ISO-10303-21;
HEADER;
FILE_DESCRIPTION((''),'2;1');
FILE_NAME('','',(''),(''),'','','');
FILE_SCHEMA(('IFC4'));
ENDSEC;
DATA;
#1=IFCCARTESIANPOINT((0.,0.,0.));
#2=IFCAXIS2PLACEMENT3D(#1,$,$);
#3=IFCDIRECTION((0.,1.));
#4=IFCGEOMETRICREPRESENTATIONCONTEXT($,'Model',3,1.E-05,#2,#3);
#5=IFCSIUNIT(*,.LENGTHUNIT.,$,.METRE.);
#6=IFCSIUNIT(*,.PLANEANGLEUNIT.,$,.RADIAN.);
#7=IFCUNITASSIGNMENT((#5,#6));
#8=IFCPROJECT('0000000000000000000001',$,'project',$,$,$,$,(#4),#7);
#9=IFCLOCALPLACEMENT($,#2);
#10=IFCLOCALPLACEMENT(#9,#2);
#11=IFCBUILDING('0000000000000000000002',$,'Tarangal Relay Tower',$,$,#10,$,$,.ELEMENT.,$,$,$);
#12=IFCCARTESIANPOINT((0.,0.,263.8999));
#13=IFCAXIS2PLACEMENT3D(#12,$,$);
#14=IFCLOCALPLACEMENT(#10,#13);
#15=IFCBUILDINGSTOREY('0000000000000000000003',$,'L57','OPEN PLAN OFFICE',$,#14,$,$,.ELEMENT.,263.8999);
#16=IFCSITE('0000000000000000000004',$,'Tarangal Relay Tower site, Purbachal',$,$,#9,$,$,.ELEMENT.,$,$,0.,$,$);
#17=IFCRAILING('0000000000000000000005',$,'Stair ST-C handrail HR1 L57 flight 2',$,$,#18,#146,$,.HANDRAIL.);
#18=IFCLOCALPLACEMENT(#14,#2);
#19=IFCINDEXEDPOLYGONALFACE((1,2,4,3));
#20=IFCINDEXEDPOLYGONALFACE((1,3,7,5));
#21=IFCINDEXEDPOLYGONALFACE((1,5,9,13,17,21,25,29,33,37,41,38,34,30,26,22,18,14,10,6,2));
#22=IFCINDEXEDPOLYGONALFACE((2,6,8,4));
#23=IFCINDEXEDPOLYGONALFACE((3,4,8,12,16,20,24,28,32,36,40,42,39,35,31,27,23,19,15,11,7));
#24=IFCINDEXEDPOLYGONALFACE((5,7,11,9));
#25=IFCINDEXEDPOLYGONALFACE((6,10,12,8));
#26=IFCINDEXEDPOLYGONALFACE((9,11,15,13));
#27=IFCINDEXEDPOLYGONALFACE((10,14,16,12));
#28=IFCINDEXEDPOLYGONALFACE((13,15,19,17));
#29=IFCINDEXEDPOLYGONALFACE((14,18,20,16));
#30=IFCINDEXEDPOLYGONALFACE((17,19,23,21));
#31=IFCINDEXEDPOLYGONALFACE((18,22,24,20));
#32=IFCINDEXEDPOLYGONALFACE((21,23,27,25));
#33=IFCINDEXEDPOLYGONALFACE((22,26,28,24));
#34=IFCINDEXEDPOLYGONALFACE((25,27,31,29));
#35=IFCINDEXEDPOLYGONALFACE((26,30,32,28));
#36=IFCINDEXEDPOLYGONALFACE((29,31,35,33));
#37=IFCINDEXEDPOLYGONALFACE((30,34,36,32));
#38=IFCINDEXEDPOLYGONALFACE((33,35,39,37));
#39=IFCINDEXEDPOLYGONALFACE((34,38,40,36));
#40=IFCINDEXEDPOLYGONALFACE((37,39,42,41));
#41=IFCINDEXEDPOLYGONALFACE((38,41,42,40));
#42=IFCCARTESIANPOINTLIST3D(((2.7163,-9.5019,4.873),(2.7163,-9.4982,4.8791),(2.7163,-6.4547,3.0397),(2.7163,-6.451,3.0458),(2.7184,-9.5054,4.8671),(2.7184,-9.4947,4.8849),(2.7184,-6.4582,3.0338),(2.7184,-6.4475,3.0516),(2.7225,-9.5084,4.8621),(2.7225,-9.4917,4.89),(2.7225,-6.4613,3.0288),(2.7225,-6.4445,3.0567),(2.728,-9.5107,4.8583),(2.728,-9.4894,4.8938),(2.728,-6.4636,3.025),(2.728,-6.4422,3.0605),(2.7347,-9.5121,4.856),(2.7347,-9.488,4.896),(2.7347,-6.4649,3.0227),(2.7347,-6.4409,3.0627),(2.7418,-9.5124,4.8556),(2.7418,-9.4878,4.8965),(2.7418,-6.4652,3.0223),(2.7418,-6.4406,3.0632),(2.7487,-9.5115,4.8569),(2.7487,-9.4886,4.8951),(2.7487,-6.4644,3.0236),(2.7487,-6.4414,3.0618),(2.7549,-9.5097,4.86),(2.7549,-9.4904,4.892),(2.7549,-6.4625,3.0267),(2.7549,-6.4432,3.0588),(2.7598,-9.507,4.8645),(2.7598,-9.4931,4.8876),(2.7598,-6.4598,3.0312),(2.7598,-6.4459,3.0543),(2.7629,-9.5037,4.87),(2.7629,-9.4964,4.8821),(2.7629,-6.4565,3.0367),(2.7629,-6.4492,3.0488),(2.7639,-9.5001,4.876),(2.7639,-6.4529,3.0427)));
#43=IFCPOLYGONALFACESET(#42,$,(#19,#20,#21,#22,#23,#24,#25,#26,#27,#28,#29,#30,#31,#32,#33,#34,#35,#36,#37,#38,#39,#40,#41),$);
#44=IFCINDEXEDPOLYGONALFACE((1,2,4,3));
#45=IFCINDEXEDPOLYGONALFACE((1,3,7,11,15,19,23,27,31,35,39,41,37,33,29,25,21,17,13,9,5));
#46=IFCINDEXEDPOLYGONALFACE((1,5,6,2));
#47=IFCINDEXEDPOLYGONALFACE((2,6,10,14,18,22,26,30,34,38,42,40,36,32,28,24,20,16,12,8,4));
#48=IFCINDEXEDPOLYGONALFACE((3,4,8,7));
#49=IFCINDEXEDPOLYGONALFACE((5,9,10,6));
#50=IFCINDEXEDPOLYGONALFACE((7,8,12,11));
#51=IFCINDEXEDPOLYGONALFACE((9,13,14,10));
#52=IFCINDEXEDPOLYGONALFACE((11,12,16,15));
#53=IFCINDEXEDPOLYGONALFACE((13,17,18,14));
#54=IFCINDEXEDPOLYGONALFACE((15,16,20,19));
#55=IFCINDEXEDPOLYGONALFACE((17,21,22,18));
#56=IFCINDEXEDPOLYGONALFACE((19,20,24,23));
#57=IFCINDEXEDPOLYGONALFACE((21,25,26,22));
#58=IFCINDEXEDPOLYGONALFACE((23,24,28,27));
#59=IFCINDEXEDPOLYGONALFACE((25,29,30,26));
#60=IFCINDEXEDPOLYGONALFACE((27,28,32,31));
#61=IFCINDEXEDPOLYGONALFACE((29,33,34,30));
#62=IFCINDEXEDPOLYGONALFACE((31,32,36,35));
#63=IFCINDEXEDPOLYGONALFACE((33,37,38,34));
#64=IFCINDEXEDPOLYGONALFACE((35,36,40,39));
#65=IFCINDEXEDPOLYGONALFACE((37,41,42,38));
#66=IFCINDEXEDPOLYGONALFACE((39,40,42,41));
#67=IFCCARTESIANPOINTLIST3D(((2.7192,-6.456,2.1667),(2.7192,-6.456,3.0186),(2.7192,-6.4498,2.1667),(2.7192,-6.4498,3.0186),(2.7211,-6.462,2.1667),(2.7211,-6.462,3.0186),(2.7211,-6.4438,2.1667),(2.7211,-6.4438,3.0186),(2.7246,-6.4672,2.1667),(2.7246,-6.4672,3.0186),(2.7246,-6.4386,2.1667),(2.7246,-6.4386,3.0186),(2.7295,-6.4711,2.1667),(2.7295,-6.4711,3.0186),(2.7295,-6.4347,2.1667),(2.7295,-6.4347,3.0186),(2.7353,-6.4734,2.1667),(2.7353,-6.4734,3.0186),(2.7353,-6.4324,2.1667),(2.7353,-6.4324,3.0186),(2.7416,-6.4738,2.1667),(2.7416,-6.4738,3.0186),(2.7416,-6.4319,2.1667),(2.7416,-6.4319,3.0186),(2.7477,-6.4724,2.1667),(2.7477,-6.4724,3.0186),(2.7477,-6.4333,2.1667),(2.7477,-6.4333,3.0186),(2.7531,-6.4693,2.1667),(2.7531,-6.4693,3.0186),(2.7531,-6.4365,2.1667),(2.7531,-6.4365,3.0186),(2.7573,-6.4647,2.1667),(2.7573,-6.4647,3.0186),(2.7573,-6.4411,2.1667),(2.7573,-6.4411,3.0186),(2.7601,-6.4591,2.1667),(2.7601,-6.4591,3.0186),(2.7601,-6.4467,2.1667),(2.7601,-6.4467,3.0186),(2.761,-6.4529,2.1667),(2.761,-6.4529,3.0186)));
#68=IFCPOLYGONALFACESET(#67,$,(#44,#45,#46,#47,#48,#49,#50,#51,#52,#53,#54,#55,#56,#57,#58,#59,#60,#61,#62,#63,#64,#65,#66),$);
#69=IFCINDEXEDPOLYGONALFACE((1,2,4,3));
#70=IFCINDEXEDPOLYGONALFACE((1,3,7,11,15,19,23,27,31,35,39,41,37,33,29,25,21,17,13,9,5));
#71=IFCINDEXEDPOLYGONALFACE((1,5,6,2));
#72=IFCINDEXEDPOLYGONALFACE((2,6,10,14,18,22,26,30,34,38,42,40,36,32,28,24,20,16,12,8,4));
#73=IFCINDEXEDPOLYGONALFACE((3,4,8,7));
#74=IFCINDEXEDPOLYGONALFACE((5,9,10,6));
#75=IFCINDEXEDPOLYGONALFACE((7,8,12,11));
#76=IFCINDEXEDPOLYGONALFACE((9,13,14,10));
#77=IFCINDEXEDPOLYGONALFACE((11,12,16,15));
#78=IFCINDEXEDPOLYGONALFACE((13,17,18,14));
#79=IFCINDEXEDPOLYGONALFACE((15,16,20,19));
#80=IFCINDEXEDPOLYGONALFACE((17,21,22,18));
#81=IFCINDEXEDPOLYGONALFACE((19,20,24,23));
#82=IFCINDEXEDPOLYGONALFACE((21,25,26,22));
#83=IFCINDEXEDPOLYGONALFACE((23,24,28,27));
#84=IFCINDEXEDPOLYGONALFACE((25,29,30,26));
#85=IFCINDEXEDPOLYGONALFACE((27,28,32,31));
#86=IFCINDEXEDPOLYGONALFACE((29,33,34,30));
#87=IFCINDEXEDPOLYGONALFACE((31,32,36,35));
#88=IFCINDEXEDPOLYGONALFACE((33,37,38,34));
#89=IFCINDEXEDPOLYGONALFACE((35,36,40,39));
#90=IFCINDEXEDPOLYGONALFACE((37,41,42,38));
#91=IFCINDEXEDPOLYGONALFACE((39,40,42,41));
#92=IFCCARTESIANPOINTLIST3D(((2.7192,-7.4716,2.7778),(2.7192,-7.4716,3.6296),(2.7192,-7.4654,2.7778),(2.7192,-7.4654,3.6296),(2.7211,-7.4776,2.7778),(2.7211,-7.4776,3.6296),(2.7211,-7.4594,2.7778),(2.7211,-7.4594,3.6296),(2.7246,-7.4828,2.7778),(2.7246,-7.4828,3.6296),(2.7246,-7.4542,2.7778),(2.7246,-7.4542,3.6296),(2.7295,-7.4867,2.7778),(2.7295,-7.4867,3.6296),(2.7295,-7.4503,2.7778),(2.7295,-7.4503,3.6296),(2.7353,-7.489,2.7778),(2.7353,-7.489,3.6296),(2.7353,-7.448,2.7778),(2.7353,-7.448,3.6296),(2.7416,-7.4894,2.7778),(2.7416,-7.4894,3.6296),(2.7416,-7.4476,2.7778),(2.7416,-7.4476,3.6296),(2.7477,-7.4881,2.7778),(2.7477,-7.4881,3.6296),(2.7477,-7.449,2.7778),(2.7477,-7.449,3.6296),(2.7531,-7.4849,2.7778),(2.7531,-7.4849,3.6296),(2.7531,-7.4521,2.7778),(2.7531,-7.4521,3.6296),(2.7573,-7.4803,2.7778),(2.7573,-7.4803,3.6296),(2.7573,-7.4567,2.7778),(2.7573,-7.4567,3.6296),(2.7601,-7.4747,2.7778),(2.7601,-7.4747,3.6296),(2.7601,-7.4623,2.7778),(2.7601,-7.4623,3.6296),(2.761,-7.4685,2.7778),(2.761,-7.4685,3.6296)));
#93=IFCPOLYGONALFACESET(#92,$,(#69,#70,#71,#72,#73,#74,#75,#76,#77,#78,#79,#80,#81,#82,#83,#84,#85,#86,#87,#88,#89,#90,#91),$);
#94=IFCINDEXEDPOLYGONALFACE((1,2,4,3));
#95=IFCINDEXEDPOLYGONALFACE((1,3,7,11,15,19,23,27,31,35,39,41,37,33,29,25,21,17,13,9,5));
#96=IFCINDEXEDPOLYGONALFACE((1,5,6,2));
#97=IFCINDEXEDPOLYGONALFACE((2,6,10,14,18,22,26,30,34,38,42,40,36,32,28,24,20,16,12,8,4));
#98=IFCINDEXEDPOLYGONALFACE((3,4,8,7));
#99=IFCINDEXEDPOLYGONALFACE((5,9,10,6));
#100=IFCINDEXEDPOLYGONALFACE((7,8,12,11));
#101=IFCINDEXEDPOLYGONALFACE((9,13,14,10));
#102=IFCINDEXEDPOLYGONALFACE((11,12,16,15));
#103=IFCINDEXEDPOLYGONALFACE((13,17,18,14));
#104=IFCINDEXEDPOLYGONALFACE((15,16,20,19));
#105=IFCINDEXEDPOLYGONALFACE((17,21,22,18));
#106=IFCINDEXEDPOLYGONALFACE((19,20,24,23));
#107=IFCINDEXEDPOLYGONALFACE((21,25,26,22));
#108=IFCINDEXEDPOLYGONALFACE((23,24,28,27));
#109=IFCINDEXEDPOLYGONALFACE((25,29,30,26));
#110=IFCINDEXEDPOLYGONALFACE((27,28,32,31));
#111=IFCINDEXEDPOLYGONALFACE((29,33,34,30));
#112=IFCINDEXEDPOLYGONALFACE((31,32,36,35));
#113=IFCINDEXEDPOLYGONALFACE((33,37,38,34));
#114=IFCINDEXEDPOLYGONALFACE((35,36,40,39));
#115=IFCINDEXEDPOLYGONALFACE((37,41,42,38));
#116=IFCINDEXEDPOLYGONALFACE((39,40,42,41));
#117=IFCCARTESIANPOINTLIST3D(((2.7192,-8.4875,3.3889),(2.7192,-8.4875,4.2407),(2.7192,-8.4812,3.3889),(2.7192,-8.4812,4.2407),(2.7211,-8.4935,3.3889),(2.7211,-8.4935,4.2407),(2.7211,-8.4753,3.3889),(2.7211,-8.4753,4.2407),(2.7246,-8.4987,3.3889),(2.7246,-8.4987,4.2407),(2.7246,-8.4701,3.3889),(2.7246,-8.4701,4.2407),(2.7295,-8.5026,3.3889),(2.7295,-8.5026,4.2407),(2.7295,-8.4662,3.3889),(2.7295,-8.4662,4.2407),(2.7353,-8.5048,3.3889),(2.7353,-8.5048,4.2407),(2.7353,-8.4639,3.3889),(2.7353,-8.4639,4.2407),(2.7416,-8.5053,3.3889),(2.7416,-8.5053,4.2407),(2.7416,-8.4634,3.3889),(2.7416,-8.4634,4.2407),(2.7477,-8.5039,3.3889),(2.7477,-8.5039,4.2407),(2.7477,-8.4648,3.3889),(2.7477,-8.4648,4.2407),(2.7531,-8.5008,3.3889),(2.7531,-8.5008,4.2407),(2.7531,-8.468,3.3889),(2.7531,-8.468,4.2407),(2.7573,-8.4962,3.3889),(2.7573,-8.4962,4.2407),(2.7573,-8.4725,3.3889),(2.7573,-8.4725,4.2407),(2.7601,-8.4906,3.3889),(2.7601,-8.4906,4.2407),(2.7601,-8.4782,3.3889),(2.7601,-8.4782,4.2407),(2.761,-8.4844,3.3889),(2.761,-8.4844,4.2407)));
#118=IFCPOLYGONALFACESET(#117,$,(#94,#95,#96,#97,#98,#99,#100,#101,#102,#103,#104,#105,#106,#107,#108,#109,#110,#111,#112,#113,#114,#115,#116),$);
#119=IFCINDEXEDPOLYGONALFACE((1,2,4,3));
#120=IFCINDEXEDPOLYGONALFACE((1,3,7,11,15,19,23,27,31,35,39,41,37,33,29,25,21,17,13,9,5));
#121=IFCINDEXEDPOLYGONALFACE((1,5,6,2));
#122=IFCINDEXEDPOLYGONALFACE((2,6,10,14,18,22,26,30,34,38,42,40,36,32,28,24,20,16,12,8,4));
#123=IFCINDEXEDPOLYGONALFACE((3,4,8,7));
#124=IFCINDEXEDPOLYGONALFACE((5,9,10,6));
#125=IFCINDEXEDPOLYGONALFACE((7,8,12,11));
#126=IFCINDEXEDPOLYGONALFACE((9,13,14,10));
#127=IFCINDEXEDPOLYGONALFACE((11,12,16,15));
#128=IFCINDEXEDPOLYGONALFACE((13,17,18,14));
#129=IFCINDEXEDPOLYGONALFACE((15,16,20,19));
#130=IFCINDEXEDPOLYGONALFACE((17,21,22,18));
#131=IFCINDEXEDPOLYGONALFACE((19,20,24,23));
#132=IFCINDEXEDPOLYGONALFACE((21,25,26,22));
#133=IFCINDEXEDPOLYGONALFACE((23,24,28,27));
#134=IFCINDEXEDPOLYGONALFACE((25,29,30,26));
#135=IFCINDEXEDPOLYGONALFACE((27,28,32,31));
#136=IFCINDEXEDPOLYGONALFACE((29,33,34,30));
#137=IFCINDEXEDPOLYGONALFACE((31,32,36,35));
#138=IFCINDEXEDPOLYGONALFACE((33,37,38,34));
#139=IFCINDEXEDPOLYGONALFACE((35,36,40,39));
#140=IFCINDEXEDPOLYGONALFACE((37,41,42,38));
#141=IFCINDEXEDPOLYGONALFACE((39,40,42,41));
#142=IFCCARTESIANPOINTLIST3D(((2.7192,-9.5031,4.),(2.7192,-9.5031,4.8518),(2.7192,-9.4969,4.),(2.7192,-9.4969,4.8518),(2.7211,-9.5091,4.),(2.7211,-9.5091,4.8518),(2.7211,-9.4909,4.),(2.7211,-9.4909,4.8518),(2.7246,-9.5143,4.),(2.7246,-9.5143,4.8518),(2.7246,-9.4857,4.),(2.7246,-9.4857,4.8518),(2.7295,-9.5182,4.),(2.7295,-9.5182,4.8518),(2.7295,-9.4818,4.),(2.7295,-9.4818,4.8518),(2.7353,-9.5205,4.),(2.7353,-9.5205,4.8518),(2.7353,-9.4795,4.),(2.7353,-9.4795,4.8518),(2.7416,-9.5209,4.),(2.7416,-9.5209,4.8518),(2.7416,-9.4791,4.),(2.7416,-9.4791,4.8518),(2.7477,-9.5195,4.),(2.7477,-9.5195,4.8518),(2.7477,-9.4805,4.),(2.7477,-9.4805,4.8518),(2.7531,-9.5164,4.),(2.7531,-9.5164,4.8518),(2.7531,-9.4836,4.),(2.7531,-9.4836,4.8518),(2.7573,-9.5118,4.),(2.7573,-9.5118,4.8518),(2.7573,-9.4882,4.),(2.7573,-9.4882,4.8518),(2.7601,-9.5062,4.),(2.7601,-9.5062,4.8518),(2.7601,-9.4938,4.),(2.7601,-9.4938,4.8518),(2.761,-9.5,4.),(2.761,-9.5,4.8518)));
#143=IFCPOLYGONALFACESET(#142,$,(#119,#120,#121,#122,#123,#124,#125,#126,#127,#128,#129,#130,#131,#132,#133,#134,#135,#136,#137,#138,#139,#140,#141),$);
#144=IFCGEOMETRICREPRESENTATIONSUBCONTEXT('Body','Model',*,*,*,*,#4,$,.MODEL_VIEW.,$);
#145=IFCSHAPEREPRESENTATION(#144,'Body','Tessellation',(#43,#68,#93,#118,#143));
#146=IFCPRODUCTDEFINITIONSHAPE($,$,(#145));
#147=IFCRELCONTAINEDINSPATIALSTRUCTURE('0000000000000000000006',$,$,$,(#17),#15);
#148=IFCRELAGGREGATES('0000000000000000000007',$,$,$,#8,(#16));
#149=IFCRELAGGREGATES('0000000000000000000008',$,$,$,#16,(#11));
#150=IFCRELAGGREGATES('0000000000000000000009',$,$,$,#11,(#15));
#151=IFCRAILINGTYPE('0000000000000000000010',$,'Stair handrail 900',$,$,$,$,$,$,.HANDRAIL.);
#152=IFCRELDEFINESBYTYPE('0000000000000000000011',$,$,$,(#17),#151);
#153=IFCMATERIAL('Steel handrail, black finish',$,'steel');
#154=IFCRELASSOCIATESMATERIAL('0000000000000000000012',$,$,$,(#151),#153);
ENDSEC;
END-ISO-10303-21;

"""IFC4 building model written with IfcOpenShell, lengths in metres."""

from ifc_helpers import new_model, si_unit, direction, frame, origin, origin_2d, place, context, subcontext, project, spatial, circle, extrude, material, type_object, element, save


model = new_model("IFC4")

# Units and contexts
model_context = context("Model", 3, precision=1e-05, world=origin(), true_north=direction((0.0, 1.0)))
body_context = subcontext(model_context, "Body", "Model", "MODEL_VIEW")
ifc_project = project(units=[si_unit("LENGTHUNIT", "METRE"), si_unit("PLANEANGLEUNIT", "RADIAN")], contexts=[model_context])

# Site, building, storey
site_placement = place(None, origin())
site = spatial("IfcSite", under=ifc_project, at=site_placement, Name="Tarangal Relay Tower site, Purbachal", CompositionType="ELEMENT", RefElevation=0.0)
building_placement = place(site_placement, origin())
building = spatial("IfcBuilding", under=site, at=building_placement, Name="Tarangal Relay Tower", CompositionType="ELEMENT")
storey_placement = place(building_placement, frame((0.0, 0.0, 263.8999)))
storey = spatial("IfcBuildingStorey", under=building, at=storey_placement, Name="L57", Description="OPEN PLAN OFFICE", CompositionType="ELEMENT", Elevation=263.8999)

# Railing
ifc_material_1 = material(Name="Steel handrail, black finish", Category="steel")
railing_type_1 = type_object("IfcRailingType", Name="Stair handrail 900", PredefinedType="HANDRAIL", material=ifc_material_1)
railing_1_placement = place(storey_placement, frame((2.74, -6.4529, 2.1667)))
element("IfcRailing", 1, at=railing_1_placement, inside=storey, type_object=railing_type_1, Name="Stair ST-C handrail HR1 L57 flight 2", PredefinedType="HANDRAIL", context=body_context, shape_type="SweptSolid", body=[
    extrude(circle(Radius=0.0239, at=origin_2d()), frame((0.0, 0.0, 0.876), z_axis=(0.0, -0.856874, 0.515525), x_axis=(1.0, 0.0, 0.0)), (0.0, 0.0, 1.0), 3.5562),
    extrude(circle(Radius=0.021, at=origin_2d()), origin(), (0.0, 0.0, 1.0), 0.8518),
    extrude(circle(Radius=0.021, at=origin_2d()), frame((0.0, -1.0156, 0.6111)), (0.0, 0.0, 1.0), 0.8518),
    extrude(circle(Radius=0.021, at=origin_2d()), frame((0.0, -2.0315, 1.2222)), (0.0, 0.0, 1.0), 0.8518),
    extrude(circle(Radius=0.021, at=origin_2d()), frame((0.0, -3.0471, 1.8333)), (0.0, 0.0, 1.0), 0.8518),
])

save(model, "model.ifc")
